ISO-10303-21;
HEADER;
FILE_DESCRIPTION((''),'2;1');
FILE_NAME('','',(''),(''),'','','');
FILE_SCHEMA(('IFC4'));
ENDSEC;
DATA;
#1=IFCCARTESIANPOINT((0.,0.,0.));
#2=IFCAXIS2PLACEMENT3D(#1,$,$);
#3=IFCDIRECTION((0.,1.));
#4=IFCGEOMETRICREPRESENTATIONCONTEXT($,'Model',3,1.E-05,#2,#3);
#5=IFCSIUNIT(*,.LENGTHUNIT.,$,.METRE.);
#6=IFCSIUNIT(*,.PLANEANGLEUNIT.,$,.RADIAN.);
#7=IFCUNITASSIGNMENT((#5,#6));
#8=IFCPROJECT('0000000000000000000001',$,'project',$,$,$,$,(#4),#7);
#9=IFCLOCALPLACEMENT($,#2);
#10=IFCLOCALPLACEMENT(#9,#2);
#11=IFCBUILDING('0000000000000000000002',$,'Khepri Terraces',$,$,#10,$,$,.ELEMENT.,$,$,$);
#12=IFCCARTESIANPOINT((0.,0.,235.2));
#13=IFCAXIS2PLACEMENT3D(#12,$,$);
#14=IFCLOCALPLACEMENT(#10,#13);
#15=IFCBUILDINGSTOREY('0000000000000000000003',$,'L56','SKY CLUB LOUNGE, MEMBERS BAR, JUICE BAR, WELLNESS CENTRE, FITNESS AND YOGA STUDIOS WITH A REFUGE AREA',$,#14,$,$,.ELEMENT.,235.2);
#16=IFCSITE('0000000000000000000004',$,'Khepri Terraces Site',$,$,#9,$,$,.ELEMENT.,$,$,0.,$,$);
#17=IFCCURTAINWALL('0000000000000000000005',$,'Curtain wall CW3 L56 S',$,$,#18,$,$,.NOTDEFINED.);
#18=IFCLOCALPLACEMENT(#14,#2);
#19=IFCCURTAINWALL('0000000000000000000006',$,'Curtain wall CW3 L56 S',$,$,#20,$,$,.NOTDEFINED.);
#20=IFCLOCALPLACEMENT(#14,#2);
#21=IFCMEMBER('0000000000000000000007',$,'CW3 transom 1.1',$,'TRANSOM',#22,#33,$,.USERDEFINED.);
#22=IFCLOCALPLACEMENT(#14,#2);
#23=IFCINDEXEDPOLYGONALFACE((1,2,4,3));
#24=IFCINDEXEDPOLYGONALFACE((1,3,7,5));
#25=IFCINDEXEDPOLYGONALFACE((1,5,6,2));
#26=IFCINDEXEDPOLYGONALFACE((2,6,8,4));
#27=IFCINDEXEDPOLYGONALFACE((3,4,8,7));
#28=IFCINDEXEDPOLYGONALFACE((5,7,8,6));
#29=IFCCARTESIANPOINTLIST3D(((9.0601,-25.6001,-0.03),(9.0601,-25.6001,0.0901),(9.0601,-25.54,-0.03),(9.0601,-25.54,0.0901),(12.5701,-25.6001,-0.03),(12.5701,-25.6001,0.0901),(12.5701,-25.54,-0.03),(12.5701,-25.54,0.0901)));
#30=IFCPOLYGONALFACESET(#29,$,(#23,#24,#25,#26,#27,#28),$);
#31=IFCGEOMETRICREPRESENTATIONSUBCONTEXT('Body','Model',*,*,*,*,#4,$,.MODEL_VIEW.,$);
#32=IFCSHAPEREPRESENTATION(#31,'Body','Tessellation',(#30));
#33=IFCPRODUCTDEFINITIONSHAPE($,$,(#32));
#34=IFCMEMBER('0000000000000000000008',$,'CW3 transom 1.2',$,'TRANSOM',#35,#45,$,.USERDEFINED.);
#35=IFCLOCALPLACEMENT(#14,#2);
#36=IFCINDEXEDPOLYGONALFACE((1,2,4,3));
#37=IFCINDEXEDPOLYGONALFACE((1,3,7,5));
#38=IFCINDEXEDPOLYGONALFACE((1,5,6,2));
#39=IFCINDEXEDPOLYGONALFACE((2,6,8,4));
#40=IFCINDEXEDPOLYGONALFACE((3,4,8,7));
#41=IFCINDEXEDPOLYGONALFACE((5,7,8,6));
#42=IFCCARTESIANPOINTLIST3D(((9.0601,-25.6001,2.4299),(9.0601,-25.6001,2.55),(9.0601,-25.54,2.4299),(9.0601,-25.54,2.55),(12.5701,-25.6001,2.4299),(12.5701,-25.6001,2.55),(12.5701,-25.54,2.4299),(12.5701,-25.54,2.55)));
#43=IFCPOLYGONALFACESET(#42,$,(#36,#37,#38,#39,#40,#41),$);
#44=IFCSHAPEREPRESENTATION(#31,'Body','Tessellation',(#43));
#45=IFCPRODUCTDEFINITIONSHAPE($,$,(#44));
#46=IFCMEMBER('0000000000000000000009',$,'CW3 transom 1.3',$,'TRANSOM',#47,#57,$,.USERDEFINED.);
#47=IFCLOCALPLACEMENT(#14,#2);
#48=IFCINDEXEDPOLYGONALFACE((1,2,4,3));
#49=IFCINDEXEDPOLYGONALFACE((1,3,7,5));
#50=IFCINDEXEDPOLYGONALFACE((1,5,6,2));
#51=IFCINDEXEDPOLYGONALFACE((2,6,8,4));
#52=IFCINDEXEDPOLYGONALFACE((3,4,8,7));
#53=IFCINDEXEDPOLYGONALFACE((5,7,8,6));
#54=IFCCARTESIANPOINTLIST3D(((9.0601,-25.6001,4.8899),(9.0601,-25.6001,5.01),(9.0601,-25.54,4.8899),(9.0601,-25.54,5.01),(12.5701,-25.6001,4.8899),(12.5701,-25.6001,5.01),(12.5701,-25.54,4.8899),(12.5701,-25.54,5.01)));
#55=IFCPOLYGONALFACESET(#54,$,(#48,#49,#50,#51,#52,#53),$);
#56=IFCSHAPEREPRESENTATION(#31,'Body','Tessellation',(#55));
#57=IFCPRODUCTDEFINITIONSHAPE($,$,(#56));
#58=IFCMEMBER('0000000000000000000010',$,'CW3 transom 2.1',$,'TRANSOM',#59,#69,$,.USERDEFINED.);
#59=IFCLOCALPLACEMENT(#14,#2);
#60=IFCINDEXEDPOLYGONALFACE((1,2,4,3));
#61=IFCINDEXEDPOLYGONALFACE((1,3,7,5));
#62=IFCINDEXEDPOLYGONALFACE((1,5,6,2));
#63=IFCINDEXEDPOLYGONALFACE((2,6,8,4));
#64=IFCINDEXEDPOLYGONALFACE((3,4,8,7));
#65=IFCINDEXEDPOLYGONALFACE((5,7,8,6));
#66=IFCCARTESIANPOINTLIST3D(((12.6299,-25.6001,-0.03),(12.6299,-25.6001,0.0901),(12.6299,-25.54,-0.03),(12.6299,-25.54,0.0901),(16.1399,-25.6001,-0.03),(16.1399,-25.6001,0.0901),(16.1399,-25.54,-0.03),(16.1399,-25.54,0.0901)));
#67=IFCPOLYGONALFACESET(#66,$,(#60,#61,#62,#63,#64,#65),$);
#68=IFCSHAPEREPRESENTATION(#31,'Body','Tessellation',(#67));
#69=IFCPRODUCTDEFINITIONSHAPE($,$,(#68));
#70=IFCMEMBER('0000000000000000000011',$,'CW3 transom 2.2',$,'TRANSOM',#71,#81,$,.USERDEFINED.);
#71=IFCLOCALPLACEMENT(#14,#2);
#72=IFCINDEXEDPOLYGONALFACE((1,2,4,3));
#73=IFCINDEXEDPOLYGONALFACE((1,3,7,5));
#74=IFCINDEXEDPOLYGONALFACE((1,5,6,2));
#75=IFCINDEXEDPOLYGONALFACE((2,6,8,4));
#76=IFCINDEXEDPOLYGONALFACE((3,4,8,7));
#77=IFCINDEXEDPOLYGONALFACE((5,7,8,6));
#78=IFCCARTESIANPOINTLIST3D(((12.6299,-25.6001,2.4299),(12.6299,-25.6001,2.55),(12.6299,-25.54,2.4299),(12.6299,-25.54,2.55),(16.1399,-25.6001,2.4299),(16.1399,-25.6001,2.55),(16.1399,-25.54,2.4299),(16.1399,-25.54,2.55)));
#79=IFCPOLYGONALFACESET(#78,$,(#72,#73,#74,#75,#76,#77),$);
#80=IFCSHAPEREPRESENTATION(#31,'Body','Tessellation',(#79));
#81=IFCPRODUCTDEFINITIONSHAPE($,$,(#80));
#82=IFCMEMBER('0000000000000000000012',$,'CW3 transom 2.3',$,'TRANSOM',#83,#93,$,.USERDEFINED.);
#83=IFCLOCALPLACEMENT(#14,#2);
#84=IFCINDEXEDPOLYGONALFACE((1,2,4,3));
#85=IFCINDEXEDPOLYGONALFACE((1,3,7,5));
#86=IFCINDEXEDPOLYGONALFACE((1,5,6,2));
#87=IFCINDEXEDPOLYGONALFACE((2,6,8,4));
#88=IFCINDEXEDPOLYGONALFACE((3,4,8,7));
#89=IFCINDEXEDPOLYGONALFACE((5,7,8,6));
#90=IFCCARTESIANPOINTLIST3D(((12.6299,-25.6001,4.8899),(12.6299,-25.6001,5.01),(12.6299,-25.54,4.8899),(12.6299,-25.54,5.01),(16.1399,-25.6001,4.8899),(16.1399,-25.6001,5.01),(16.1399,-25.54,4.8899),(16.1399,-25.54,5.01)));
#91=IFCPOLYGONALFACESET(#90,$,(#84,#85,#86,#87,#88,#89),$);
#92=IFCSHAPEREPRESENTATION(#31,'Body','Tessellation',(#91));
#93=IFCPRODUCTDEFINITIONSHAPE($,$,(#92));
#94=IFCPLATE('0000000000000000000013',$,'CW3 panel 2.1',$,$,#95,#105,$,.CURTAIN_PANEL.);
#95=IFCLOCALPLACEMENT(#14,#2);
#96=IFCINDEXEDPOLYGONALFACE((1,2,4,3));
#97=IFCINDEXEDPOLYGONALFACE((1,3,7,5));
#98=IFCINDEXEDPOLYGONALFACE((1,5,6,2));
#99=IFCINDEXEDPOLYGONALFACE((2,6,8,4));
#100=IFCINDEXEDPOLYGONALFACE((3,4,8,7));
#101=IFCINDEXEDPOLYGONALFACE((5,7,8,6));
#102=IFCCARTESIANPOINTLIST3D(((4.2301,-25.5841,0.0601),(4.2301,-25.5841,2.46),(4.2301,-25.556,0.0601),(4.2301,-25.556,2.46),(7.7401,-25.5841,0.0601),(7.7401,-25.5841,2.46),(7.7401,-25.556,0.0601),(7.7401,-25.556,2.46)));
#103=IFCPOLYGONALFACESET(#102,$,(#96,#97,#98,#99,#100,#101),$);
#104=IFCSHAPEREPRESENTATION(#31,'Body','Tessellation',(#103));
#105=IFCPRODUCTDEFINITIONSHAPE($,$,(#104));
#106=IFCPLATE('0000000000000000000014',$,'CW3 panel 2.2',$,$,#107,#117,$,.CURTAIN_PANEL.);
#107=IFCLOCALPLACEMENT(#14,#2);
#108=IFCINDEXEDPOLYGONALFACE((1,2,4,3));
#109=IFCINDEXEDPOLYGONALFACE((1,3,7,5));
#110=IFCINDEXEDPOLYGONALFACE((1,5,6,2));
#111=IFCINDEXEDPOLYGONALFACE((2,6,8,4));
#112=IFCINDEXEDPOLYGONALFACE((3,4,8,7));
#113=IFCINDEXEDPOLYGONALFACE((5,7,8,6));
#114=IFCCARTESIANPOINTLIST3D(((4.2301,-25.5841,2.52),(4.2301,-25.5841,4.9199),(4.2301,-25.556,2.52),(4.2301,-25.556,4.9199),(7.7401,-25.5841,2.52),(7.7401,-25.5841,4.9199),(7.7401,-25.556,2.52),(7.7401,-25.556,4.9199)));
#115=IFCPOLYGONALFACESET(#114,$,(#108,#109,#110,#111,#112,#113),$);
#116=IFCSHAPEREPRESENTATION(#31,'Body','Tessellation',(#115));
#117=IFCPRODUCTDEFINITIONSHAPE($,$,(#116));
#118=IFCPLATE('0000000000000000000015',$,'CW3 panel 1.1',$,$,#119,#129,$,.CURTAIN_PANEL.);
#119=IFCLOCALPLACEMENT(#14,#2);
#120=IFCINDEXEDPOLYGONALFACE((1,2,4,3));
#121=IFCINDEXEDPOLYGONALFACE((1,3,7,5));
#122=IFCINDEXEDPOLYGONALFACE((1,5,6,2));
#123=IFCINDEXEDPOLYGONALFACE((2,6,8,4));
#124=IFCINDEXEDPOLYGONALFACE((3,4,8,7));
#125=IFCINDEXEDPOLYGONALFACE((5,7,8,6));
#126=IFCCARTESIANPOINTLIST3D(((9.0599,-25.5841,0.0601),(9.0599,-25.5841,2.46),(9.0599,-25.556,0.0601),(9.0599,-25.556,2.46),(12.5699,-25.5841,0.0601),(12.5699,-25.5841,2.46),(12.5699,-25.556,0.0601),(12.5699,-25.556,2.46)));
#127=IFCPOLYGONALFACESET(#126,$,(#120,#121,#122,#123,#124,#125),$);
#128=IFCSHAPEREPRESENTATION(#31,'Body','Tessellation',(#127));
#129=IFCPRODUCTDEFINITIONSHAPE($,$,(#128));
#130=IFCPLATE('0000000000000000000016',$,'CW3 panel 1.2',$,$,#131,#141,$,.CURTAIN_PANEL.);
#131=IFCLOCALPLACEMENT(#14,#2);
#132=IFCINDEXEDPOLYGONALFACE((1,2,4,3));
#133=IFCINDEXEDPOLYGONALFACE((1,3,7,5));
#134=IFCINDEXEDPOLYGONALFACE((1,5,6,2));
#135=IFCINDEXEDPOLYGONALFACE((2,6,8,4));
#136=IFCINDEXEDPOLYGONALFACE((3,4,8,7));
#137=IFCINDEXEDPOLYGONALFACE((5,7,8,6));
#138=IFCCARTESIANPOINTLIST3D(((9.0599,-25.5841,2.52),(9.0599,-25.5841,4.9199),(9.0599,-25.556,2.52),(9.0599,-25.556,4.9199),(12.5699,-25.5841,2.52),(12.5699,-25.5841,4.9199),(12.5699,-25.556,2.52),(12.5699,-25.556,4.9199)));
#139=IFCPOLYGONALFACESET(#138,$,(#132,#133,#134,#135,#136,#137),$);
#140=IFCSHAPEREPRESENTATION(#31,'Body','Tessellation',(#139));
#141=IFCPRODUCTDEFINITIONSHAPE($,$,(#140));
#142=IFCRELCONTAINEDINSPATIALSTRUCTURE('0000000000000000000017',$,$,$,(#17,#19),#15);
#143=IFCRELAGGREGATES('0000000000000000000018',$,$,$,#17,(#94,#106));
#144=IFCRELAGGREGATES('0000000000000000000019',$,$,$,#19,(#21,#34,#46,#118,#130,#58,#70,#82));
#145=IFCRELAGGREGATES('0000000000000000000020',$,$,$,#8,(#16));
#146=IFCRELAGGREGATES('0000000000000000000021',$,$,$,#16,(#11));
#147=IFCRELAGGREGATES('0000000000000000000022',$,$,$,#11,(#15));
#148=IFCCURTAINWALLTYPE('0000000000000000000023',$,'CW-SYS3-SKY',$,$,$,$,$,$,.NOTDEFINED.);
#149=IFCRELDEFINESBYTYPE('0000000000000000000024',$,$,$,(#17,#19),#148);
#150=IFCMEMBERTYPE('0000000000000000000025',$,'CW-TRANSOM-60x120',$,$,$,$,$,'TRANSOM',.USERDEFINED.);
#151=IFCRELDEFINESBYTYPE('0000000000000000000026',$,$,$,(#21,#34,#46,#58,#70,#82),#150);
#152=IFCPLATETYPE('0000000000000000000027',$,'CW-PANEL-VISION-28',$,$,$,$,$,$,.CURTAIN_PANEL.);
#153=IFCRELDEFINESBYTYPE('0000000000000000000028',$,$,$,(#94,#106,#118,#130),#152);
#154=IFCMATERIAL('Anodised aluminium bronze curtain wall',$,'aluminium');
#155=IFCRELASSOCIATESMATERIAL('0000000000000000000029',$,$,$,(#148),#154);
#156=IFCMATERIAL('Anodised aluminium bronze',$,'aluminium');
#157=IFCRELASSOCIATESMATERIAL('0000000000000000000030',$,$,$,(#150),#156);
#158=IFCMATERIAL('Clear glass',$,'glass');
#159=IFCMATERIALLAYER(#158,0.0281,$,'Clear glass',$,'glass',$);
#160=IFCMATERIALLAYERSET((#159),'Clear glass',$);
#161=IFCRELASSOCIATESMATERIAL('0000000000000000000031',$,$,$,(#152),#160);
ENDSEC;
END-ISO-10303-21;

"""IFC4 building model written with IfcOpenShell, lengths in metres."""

from ifc_helpers import new_model, si_unit, direction, frame, origin, origin_2d, place, context, subcontext, project, spatial, rectangle, extrude, material, layer, layer_set, material_profile, profile_set, type_object, element, aggregate, save


model = new_model("IFC4")

# Units and contexts
model_context = context("Model", 3, precision=1e-05, world=origin(), true_north=direction((0.0, 1.0)))
body_context = subcontext(model_context, "Body", "Model", "MODEL_VIEW")
ifc_project = project(units=[si_unit("LENGTHUNIT", "METRE"), si_unit("PLANEANGLEUNIT", "RADIAN")], contexts=[model_context])

# Site, building, storey
site_placement = place(None, origin())
site = spatial("IfcSite", under=ifc_project, at=site_placement, Name="Khepri Terraces Site", CompositionType="ELEMENT", RefElevation=0.0)
building_placement = place(site_placement, origin())
building = spatial("IfcBuilding", under=site, at=building_placement, Name="Khepri Terraces", CompositionType="ELEMENT")
storey_placement = place(building_placement, frame((0.0, 0.0, 235.2)))
storey = spatial("IfcBuildingStorey", under=building, at=storey_placement, Name="L56", Description="SKY CLUB LOUNGE, MEMBERS BAR, JUICE BAR, WELLNESS CENTRE, FITNESS AND YOGA STUDIOS WITH A REFUGE AREA", CompositionType="ELEMENT", Elevation=235.2)

# Curtain wall
ifc_material_1 = material(Name="Anodised aluminium bronze curtain wall", Category="aluminium")
curtain_wall_type = type_object("IfcCurtainWallType", Name="CW-SYS3-SKY", PredefinedType="NOTDEFINED", material=ifc_material_1)
curtain_wall_1_placement = place(storey_placement, origin())
curtain_wall_1 = element("IfcCurtainWall", 1, at=curtain_wall_1_placement, inside=storey, type_object=curtain_wall_type, Name="Curtain wall CW3 L56 S", PredefinedType="NOTDEFINED")
ifc_material_2 = material(Name="Anodised aluminium bronze", Category="aluminium")

# Curtain wall, members
curtain_wall_2_placement = place(storey_placement, origin())
curtain_wall_2 = element("IfcCurtainWall", 2, at=curtain_wall_2_placement, inside=storey, type_object=curtain_wall_type, Name="Curtain wall CW3 L56 S", PredefinedType="NOTDEFINED")
ifc_material_profile_1 = material_profile(ifc_material_2, rectangle(XDim=0.0601, YDim=0.1201, at=origin_2d()), Name="Anodised aluminium bronze", Category="aluminium")
ifc_profile_set_1 = profile_set([ifc_material_profile_1], Name="Anodised aluminium bronze")
member_type_1 = type_object("IfcMemberType", Name="CW-TRANSOM-60x120", ElementType="TRANSOM", PredefinedType="USERDEFINED", material=ifc_profile_set_1)
member_1_placement = place(storey_placement, frame((9.0601, -25.5701, 0.03), z_axis=(1.0, 0.0, 0.0), x_axis=(0.0, 1.0, 0.0)))
member_1 = element("IfcMember", 3, at=member_1_placement, type_object=member_type_1, Name="CW3 transom 1.1", ObjectType="TRANSOM", PredefinedType="USERDEFINED", context=body_context, shape_type="SweptSolid", body=[
    extrude(rectangle(XDim=0.0601, YDim=0.1201, at=origin_2d()), origin(), (0.0, 0.0, 1.0), 3.51),
])
member_2_placement = place(storey_placement, frame((9.0601, -25.5701, 2.49), z_axis=(1.0, 0.0, 0.0), x_axis=(0.0, 1.0, 0.0)))
member_2 = element("IfcMember", 4, at=member_2_placement, type_object=member_type_1, Name="CW3 transom 1.2", ObjectType="TRANSOM", PredefinedType="USERDEFINED", context=body_context, shape_type="SweptSolid", body=[
    extrude(rectangle(XDim=0.0601, YDim=0.1201, at=origin_2d()), origin(), (0.0, 0.0, 1.0), 3.51),
])
member_3_placement = place(storey_placement, frame((9.0601, -25.5701, 4.95), z_axis=(1.0, 0.0, 0.0), x_axis=(0.0, 1.0, 0.0)))
member_3 = element("IfcMember", 5, at=member_3_placement, type_object=member_type_1, Name="CW3 transom 1.3", ObjectType="TRANSOM", PredefinedType="USERDEFINED", context=body_context, shape_type="SweptSolid", body=[
    extrude(rectangle(XDim=0.0601, YDim=0.1201, at=origin_2d()), origin(), (0.0, 0.0, 1.0), 3.51),
])
member_4_placement = place(storey_placement, frame((12.6299, -25.5701, 0.03), z_axis=(1.0, 0.0, 0.0), x_axis=(0.0, 1.0, 0.0)))
member_4 = element("IfcMember", 6, at=member_4_placement, type_object=member_type_1, Name="CW3 transom 2.1", ObjectType="TRANSOM", PredefinedType="USERDEFINED", context=body_context, shape_type="SweptSolid", body=[
    extrude(rectangle(XDim=0.0601, YDim=0.1201, at=origin_2d()), origin(), (0.0, 0.0, 1.0), 3.51),
])
member_5_placement = place(storey_placement, frame((12.6299, -25.5701, 2.49), z_axis=(1.0, 0.0, 0.0), x_axis=(0.0, 1.0, 0.0)))
member_5 = element("IfcMember", 7, at=member_5_placement, type_object=member_type_1, Name="CW3 transom 2.2", ObjectType="TRANSOM", PredefinedType="USERDEFINED", context=body_context, shape_type="SweptSolid", body=[
    extrude(rectangle(XDim=0.0601, YDim=0.1201, at=origin_2d()), origin(), (0.0, 0.0, 1.0), 3.51),
])
member_6_placement = place(storey_placement, frame((12.6299, -25.5701, 4.95), z_axis=(1.0, 0.0, 0.0), x_axis=(0.0, 1.0, 0.0)))
member_6 = element("IfcMember", 8, at=member_6_placement, type_object=member_type_1, Name="CW3 transom 2.3", ObjectType="TRANSOM", PredefinedType="USERDEFINED", context=body_context, shape_type="SweptSolid", body=[
    extrude(rectangle(XDim=0.0601, YDim=0.1201, at=origin_2d()), origin(), (0.0, 0.0, 1.0), 3.51),
])

# Plates
ifc_material_3 = material(Name="Clear glass", Category="glass")
ifc_layer = layer(ifc_material_3, 0.0281, Name="Clear glass", Category="glass")
ifc_layer_set = layer_set([ifc_layer], Name="Clear glass")
plate_type = type_object("IfcPlateType", Name="CW-PANEL-VISION-28", PredefinedType="CURTAIN_PANEL", material=ifc_layer_set)
plate_1_placement = place(storey_placement, frame((5.9851, -25.5701, 0.0601), z_axis=(0.0, 0.0, 1.0), x_axis=(1.0, 0.0, 0.0)))
plate_1 = element("IfcPlate", 9, at=plate_1_placement, type_object=plate_type, Name="CW3 panel 2.1", PredefinedType="CURTAIN_PANEL", context=body_context, shape_type="SweptSolid", body=[
    extrude(rectangle(XDim=3.51, YDim=0.0281, at=origin_2d()), origin(), (0.0, 0.0, 1.0), 2.3999),
])
plate_2_placement = place(storey_placement, frame((5.9851, -25.5701, 2.52), z_axis=(0.0, 0.0, 1.0), x_axis=(1.0, 0.0, 0.0)))
plate_2 = element("IfcPlate", 10, at=plate_2_placement, type_object=plate_type, Name="CW3 panel 2.2", PredefinedType="CURTAIN_PANEL", context=body_context, shape_type="SweptSolid", body=[
    extrude(rectangle(XDim=3.51, YDim=0.0281, at=origin_2d()), origin(), (0.0, 0.0, 1.0), 2.3999),
])
aggregate(curtain_wall_1, [plate_1, plate_2])
plate_3_placement = place(storey_placement, frame((10.8149, -25.5701, 0.0601), z_axis=(0.0, 0.0, 1.0), x_axis=(1.0, 0.0, 0.0)))
plate_3 = element("IfcPlate", 11, at=plate_3_placement, type_object=plate_type, Name="CW3 panel 1.1", PredefinedType="CURTAIN_PANEL", context=body_context, shape_type="SweptSolid", body=[
    extrude(rectangle(XDim=3.51, YDim=0.0281, at=origin_2d()), origin(), (0.0, 0.0, 1.0), 2.3999),
])
plate_4_placement = place(storey_placement, frame((10.8149, -25.5701, 2.52), z_axis=(0.0, 0.0, 1.0), x_axis=(1.0, 0.0, 0.0)))
plate_4 = element("IfcPlate", 12, at=plate_4_placement, type_object=plate_type, Name="CW3 panel 1.2", PredefinedType="CURTAIN_PANEL", context=body_context, shape_type="SweptSolid", body=[
    extrude(rectangle(XDim=3.51, YDim=0.0281, at=origin_2d()), origin(), (0.0, 0.0, 1.0), 2.3999),
])
aggregate(curtain_wall_2, [member_1, member_2, member_3, plate_3, plate_4, member_4, member_5, member_6])

save(model, "model.ifc")
